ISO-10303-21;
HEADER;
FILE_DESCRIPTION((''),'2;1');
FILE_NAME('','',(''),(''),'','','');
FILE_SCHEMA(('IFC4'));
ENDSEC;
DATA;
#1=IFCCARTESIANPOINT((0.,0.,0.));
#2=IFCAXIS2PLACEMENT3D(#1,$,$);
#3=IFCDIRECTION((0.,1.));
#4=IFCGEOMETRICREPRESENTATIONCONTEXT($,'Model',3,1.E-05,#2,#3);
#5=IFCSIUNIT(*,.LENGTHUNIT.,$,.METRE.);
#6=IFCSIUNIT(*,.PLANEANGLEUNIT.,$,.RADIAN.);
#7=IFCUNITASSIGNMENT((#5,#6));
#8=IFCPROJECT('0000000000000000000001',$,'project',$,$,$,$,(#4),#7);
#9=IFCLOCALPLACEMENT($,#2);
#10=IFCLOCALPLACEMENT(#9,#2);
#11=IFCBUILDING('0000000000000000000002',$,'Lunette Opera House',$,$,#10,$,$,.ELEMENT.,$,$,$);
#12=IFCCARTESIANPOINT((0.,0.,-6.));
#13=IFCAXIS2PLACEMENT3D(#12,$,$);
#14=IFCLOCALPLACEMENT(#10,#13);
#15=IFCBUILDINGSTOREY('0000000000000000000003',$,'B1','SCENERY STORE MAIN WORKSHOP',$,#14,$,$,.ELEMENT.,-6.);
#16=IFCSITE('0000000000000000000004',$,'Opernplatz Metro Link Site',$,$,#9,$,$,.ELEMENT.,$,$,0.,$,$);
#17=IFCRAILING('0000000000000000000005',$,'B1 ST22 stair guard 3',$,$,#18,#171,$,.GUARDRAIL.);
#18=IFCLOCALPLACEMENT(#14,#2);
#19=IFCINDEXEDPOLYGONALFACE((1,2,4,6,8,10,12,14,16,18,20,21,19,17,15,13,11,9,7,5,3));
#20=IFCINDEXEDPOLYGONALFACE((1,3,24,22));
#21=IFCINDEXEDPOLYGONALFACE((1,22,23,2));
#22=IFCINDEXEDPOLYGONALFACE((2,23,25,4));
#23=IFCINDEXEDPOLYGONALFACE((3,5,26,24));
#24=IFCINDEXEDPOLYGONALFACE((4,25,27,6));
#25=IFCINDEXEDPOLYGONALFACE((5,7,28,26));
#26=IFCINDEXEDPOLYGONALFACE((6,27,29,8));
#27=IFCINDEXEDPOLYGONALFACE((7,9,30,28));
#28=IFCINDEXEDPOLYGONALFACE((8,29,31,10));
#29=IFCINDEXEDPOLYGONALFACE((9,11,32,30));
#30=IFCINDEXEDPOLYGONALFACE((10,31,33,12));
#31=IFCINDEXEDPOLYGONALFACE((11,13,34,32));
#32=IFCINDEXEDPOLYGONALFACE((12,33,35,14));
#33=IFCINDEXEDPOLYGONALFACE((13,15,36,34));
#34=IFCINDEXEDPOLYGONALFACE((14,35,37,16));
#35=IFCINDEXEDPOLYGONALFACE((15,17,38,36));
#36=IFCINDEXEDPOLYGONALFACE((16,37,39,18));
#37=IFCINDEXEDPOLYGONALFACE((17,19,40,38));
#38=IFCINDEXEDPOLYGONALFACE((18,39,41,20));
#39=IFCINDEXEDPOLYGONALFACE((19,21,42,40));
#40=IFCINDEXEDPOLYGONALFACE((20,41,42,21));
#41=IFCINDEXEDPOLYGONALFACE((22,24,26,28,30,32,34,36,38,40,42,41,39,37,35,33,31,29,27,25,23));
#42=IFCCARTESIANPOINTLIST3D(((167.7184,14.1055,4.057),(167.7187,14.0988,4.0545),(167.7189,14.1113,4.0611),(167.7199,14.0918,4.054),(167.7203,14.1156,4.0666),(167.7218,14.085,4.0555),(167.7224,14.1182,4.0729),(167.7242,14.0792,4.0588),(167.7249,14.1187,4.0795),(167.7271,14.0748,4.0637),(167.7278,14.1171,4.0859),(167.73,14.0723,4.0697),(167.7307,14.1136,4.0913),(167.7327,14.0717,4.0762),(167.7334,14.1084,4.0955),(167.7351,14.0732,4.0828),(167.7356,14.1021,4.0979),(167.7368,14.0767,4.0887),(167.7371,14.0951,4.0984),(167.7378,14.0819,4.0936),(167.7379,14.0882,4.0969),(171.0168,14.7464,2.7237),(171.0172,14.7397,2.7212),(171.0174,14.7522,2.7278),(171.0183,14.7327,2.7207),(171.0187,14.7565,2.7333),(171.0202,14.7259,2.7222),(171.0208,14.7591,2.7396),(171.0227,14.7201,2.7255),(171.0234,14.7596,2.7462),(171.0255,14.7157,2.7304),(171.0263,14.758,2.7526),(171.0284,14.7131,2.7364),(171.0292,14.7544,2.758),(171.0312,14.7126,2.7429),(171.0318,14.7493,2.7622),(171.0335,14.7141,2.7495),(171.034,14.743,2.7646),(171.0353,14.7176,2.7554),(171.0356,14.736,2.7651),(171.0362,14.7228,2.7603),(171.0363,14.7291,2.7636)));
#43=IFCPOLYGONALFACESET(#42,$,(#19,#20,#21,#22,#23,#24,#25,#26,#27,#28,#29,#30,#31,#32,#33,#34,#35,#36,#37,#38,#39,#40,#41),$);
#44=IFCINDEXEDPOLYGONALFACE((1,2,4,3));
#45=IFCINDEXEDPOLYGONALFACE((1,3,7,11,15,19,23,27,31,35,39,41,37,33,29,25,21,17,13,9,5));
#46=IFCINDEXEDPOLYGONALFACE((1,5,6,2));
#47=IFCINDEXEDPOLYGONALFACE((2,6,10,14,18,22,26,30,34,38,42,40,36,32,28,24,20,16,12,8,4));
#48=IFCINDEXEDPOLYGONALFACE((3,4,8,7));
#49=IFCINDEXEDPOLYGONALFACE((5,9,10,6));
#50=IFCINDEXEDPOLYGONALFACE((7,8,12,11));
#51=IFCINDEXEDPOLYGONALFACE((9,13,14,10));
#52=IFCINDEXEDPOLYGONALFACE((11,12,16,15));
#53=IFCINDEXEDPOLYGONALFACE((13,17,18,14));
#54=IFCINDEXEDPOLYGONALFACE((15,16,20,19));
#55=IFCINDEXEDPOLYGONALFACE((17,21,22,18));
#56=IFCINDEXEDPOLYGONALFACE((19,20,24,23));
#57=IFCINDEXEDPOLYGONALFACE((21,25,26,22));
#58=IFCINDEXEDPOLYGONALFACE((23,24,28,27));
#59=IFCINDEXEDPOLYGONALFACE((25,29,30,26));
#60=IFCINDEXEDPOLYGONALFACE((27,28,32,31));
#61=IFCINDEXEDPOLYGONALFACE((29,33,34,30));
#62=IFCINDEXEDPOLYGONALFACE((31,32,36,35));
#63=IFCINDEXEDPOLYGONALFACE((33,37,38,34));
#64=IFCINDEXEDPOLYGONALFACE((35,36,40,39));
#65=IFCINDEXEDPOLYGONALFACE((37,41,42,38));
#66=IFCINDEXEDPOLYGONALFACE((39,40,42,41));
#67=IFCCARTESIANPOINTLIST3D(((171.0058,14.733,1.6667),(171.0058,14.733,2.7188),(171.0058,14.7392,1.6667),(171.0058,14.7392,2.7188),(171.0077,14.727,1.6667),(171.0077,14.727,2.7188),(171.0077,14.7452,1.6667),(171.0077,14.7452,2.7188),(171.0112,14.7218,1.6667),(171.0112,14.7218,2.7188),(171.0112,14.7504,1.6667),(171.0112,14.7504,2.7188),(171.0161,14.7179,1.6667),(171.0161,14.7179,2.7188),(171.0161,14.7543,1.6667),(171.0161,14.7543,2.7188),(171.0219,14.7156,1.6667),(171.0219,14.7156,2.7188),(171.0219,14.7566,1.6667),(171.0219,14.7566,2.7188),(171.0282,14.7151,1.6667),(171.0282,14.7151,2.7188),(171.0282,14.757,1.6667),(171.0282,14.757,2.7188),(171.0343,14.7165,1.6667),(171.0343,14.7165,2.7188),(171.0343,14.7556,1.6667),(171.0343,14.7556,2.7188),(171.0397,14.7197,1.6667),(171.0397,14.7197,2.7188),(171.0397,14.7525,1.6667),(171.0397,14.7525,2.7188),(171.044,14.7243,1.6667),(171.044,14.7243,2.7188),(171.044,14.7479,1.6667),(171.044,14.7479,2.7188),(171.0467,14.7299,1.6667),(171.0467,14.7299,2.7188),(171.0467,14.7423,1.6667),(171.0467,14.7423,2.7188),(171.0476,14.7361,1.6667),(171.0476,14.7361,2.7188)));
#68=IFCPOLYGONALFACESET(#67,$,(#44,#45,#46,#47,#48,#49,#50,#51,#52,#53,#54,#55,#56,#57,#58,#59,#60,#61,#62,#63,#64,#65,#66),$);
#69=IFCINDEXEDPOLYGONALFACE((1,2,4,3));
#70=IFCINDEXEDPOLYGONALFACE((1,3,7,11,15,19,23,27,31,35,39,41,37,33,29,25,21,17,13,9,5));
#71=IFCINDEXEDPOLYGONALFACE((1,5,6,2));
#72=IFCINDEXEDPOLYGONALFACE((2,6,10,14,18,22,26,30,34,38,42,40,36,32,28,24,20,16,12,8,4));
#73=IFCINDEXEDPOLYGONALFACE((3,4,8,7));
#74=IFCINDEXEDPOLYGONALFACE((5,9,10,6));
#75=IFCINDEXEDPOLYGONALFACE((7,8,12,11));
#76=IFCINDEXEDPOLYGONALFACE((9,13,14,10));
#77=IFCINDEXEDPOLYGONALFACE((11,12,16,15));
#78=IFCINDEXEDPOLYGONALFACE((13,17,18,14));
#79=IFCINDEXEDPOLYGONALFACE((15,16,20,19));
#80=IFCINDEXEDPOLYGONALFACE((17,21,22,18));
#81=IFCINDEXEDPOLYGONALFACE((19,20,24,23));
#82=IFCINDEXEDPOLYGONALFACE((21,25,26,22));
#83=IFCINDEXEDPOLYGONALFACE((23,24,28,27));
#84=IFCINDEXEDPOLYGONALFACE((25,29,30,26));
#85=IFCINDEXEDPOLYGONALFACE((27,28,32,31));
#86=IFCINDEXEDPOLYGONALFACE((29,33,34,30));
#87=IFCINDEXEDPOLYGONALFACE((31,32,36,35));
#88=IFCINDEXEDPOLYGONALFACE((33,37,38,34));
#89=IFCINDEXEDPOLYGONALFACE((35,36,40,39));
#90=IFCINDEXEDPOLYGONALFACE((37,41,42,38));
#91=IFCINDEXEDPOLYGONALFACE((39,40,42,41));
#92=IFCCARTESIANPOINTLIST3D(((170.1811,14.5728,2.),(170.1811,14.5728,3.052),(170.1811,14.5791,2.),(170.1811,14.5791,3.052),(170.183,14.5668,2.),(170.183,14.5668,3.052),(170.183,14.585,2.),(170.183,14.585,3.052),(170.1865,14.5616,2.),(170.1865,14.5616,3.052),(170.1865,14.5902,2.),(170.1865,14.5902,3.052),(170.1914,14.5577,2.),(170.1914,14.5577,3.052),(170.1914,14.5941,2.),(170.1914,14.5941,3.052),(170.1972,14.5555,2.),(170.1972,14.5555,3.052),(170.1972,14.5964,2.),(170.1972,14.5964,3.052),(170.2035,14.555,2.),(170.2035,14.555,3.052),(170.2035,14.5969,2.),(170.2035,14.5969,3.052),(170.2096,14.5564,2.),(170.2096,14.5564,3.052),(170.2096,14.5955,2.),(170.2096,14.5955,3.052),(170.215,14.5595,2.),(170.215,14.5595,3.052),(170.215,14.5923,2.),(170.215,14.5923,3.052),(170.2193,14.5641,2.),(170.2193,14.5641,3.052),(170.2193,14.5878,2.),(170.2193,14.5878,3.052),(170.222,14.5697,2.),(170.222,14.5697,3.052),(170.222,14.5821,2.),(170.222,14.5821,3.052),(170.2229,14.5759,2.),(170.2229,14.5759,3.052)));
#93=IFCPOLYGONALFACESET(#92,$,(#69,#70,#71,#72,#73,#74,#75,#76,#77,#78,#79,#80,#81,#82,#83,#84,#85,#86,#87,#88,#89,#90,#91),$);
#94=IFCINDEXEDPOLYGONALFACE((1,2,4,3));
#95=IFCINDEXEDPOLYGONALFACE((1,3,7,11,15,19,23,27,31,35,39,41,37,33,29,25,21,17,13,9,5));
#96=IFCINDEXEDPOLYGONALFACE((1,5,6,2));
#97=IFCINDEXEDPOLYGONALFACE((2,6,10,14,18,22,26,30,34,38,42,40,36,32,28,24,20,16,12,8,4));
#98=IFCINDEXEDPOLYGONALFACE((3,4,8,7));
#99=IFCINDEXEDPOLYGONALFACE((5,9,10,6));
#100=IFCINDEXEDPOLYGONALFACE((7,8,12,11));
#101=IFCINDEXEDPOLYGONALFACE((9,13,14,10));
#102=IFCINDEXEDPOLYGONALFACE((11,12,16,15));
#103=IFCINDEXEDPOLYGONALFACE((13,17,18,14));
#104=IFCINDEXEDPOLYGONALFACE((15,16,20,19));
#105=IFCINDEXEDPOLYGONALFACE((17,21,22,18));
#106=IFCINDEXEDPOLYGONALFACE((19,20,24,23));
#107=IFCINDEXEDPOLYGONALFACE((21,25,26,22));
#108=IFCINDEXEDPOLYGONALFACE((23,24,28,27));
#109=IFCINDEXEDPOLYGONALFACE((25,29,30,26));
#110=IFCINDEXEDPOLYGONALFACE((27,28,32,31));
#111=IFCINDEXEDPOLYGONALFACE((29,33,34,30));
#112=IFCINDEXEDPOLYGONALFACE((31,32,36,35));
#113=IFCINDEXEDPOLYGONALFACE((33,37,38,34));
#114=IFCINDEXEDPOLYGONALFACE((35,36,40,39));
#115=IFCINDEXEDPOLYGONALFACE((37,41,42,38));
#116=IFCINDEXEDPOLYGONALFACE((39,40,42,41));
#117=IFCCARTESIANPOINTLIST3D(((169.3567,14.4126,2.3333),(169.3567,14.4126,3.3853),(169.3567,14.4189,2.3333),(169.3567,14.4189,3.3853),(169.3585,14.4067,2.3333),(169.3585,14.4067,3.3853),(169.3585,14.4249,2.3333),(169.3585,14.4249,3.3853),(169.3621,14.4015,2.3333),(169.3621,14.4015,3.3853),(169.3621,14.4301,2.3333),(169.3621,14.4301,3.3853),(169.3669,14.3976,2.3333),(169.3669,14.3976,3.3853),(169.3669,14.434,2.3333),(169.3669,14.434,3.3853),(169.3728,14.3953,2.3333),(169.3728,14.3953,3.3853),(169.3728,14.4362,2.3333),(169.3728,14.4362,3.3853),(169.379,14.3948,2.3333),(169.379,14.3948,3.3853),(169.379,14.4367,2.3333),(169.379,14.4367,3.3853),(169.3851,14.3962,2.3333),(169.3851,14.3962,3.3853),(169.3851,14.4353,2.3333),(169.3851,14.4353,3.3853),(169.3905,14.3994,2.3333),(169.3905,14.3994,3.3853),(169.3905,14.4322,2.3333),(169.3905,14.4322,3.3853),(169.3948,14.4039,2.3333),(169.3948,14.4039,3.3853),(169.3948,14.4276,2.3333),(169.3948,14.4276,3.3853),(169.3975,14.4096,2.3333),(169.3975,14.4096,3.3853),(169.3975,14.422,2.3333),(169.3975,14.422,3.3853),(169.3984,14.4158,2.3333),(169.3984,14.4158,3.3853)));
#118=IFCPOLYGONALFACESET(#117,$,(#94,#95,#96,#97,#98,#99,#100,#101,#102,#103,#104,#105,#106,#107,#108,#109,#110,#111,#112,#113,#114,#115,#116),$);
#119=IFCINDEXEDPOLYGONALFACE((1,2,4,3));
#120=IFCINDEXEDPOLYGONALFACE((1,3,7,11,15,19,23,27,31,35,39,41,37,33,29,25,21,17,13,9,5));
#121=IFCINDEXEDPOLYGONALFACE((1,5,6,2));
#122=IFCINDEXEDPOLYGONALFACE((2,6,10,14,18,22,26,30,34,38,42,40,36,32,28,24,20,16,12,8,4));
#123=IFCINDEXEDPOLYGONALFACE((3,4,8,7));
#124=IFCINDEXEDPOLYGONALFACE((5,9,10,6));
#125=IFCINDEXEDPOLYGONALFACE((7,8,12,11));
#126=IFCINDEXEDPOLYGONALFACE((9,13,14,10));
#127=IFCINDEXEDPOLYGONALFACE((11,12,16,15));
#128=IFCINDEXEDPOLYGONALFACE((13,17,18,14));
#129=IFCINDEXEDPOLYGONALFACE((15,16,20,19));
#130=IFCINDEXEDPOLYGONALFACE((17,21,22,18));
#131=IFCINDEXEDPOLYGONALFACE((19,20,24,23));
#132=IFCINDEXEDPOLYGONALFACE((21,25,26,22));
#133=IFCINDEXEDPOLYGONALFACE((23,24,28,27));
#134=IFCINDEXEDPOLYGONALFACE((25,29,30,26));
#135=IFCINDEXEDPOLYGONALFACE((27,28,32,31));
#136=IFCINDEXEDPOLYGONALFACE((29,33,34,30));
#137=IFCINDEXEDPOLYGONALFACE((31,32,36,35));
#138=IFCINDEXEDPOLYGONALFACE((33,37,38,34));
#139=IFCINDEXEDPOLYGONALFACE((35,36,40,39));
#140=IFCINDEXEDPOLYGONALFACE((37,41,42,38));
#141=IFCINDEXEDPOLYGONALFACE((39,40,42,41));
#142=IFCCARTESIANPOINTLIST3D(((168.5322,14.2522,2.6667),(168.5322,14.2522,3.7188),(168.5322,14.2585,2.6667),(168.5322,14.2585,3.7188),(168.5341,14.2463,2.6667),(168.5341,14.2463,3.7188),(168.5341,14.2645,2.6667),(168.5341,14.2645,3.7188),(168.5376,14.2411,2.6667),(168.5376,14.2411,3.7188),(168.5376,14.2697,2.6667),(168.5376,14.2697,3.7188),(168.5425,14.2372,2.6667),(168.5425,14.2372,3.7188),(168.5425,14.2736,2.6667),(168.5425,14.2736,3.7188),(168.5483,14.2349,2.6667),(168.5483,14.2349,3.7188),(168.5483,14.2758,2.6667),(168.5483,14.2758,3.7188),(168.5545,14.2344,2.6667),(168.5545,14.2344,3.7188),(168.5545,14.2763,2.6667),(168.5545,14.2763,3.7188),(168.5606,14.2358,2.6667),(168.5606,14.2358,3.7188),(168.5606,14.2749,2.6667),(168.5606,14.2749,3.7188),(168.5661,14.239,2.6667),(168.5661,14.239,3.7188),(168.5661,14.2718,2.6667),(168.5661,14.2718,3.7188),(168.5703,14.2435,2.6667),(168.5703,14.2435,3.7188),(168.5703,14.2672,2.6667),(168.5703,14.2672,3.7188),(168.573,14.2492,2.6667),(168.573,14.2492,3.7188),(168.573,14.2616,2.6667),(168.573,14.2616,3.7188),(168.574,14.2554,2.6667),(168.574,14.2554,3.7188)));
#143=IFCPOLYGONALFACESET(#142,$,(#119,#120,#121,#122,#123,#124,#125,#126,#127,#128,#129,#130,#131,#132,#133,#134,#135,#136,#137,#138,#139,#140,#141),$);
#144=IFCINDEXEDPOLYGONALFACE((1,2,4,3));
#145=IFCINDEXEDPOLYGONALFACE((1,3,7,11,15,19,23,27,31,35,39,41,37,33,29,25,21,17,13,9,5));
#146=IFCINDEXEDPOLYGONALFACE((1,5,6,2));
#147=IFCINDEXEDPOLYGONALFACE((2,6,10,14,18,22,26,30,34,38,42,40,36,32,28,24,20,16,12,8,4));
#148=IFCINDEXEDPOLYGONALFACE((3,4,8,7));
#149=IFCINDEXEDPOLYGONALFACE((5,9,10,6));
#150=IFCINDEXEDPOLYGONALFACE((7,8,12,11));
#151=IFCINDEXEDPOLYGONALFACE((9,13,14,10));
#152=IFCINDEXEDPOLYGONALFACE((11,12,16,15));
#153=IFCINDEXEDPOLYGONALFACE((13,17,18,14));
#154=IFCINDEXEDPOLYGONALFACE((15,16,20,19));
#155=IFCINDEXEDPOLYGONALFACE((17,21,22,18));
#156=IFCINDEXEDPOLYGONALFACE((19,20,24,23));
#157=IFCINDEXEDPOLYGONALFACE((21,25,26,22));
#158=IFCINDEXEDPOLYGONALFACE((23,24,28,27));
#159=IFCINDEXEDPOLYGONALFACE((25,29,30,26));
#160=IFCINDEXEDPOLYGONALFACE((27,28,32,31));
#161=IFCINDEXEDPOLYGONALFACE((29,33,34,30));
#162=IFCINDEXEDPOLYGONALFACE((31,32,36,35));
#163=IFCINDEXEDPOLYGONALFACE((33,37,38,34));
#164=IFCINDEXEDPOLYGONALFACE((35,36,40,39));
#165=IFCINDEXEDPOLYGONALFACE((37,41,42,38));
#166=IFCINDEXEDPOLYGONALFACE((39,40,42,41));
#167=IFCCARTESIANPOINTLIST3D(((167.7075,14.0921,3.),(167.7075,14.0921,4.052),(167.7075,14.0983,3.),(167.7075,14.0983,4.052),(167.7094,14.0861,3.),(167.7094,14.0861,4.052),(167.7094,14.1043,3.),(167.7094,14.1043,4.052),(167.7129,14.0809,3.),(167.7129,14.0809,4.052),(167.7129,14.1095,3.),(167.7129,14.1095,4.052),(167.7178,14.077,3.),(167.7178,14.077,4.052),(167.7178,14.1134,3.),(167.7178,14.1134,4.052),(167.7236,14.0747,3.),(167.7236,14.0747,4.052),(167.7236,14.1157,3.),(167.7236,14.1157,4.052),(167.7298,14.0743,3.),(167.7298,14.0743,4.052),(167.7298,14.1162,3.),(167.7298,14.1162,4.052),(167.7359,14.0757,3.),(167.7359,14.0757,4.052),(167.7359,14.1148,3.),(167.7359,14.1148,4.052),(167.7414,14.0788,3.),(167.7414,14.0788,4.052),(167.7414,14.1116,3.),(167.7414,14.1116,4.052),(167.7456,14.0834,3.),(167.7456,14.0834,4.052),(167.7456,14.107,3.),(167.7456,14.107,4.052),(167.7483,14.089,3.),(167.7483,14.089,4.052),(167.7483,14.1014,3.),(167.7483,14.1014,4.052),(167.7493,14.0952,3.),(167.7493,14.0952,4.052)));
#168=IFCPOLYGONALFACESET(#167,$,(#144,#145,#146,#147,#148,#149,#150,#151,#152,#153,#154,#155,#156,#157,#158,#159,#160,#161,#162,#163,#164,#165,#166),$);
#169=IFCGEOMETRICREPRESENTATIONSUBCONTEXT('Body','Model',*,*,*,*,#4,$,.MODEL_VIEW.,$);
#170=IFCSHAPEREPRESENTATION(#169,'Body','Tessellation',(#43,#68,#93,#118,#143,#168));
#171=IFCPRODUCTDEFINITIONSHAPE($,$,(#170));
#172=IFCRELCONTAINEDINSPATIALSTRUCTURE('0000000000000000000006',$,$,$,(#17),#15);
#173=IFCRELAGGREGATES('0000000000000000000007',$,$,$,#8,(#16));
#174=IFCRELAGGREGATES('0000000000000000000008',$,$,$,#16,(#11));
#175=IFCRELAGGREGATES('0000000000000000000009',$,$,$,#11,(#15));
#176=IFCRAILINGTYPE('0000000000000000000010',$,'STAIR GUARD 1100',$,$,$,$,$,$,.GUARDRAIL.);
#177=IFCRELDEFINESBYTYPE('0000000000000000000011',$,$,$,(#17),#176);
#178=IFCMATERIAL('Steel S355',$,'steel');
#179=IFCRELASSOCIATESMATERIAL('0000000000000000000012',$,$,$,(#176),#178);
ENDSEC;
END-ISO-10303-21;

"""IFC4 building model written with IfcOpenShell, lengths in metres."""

from ifc_helpers import new_model, si_unit, direction, frame, origin, origin_2d, place, context, subcontext, project, spatial, circle, extrude, material, type_object, element, save


model = new_model("IFC4")

# Units and contexts
model_context = context("Model", 3, precision=1e-05, world=origin(), true_north=direction((0.0, 1.0)))
body_context = subcontext(model_context, "Body", "Model", "MODEL_VIEW")
ifc_project = project(units=[si_unit("LENGTHUNIT", "METRE"), si_unit("PLANEANGLEUNIT", "RADIAN")], contexts=[model_context])

# Site, building, storey
site_placement = place(None, origin())
site = spatial("IfcSite", under=ifc_project, at=site_placement, Name="Opernplatz Metro Link Site", CompositionType="ELEMENT", RefElevation=0.0)
building_placement = place(site_placement, origin())
building = spatial("IfcBuilding", under=site, at=building_placement, Name="Lunette Opera House", CompositionType="ELEMENT")
storey_placement = place(building_placement, frame((0.0, 0.0, -6.0)))
storey = spatial("IfcBuildingStorey", under=building, at=storey_placement, Name="B1", Description="SCENERY STORE MAIN WORKSHOP", CompositionType="ELEMENT", Elevation=-6.0)

# Railing
ifc_material_1 = material(Name="Steel S355", Category="steel")
railing_type_1 = type_object("IfcRailingType", Name="STAIR GUARD 1100", PredefinedType="GUARDRAIL", material=ifc_material_1)
railing_1_placement = place(storey_placement, frame((171.0266, 14.7361, 1.6667)))
element("IfcRailing", 1, at=railing_1_placement, inside=storey, type_object=railing_type_1, Name="B1 ST22 stair guard 3", PredefinedType="GUARDRAIL", context=body_context, shape_type="SweptSolid", body=[
    extrude(circle(Radius=0.0239, at=origin_2d()), frame((0.0, 0.0, 1.0762), z_axis=(-0.912435, -0.177287, 0.368824), x_axis=(0.190734, -0.981642, 0.0)), (0.0, 0.0, 1.0), 3.615),
    extrude(circle(Radius=0.021, at=origin_2d()), origin(), (0.0, 0.0, 1.0), 1.052),
    extrude(circle(Radius=0.021, at=origin_2d()), frame((-0.8247, -0.1602, 0.3333)), (0.0, 0.0, 1.0), 1.052),
    extrude(circle(Radius=0.021, at=origin_2d()), frame((-1.6492, -0.3203, 0.6665)), (0.0, 0.0, 1.0), 1.052),
    extrude(circle(Radius=0.021, at=origin_2d()), frame((-2.4736, -0.4807, 1.0)), (0.0, 0.0, 1.0), 1.052),
    extrude(circle(Radius=0.021, at=origin_2d()), frame((-3.2983, -0.6409, 1.3333)), (0.0, 0.0, 1.0), 1.052),
])

save(model, "model.ifc")
